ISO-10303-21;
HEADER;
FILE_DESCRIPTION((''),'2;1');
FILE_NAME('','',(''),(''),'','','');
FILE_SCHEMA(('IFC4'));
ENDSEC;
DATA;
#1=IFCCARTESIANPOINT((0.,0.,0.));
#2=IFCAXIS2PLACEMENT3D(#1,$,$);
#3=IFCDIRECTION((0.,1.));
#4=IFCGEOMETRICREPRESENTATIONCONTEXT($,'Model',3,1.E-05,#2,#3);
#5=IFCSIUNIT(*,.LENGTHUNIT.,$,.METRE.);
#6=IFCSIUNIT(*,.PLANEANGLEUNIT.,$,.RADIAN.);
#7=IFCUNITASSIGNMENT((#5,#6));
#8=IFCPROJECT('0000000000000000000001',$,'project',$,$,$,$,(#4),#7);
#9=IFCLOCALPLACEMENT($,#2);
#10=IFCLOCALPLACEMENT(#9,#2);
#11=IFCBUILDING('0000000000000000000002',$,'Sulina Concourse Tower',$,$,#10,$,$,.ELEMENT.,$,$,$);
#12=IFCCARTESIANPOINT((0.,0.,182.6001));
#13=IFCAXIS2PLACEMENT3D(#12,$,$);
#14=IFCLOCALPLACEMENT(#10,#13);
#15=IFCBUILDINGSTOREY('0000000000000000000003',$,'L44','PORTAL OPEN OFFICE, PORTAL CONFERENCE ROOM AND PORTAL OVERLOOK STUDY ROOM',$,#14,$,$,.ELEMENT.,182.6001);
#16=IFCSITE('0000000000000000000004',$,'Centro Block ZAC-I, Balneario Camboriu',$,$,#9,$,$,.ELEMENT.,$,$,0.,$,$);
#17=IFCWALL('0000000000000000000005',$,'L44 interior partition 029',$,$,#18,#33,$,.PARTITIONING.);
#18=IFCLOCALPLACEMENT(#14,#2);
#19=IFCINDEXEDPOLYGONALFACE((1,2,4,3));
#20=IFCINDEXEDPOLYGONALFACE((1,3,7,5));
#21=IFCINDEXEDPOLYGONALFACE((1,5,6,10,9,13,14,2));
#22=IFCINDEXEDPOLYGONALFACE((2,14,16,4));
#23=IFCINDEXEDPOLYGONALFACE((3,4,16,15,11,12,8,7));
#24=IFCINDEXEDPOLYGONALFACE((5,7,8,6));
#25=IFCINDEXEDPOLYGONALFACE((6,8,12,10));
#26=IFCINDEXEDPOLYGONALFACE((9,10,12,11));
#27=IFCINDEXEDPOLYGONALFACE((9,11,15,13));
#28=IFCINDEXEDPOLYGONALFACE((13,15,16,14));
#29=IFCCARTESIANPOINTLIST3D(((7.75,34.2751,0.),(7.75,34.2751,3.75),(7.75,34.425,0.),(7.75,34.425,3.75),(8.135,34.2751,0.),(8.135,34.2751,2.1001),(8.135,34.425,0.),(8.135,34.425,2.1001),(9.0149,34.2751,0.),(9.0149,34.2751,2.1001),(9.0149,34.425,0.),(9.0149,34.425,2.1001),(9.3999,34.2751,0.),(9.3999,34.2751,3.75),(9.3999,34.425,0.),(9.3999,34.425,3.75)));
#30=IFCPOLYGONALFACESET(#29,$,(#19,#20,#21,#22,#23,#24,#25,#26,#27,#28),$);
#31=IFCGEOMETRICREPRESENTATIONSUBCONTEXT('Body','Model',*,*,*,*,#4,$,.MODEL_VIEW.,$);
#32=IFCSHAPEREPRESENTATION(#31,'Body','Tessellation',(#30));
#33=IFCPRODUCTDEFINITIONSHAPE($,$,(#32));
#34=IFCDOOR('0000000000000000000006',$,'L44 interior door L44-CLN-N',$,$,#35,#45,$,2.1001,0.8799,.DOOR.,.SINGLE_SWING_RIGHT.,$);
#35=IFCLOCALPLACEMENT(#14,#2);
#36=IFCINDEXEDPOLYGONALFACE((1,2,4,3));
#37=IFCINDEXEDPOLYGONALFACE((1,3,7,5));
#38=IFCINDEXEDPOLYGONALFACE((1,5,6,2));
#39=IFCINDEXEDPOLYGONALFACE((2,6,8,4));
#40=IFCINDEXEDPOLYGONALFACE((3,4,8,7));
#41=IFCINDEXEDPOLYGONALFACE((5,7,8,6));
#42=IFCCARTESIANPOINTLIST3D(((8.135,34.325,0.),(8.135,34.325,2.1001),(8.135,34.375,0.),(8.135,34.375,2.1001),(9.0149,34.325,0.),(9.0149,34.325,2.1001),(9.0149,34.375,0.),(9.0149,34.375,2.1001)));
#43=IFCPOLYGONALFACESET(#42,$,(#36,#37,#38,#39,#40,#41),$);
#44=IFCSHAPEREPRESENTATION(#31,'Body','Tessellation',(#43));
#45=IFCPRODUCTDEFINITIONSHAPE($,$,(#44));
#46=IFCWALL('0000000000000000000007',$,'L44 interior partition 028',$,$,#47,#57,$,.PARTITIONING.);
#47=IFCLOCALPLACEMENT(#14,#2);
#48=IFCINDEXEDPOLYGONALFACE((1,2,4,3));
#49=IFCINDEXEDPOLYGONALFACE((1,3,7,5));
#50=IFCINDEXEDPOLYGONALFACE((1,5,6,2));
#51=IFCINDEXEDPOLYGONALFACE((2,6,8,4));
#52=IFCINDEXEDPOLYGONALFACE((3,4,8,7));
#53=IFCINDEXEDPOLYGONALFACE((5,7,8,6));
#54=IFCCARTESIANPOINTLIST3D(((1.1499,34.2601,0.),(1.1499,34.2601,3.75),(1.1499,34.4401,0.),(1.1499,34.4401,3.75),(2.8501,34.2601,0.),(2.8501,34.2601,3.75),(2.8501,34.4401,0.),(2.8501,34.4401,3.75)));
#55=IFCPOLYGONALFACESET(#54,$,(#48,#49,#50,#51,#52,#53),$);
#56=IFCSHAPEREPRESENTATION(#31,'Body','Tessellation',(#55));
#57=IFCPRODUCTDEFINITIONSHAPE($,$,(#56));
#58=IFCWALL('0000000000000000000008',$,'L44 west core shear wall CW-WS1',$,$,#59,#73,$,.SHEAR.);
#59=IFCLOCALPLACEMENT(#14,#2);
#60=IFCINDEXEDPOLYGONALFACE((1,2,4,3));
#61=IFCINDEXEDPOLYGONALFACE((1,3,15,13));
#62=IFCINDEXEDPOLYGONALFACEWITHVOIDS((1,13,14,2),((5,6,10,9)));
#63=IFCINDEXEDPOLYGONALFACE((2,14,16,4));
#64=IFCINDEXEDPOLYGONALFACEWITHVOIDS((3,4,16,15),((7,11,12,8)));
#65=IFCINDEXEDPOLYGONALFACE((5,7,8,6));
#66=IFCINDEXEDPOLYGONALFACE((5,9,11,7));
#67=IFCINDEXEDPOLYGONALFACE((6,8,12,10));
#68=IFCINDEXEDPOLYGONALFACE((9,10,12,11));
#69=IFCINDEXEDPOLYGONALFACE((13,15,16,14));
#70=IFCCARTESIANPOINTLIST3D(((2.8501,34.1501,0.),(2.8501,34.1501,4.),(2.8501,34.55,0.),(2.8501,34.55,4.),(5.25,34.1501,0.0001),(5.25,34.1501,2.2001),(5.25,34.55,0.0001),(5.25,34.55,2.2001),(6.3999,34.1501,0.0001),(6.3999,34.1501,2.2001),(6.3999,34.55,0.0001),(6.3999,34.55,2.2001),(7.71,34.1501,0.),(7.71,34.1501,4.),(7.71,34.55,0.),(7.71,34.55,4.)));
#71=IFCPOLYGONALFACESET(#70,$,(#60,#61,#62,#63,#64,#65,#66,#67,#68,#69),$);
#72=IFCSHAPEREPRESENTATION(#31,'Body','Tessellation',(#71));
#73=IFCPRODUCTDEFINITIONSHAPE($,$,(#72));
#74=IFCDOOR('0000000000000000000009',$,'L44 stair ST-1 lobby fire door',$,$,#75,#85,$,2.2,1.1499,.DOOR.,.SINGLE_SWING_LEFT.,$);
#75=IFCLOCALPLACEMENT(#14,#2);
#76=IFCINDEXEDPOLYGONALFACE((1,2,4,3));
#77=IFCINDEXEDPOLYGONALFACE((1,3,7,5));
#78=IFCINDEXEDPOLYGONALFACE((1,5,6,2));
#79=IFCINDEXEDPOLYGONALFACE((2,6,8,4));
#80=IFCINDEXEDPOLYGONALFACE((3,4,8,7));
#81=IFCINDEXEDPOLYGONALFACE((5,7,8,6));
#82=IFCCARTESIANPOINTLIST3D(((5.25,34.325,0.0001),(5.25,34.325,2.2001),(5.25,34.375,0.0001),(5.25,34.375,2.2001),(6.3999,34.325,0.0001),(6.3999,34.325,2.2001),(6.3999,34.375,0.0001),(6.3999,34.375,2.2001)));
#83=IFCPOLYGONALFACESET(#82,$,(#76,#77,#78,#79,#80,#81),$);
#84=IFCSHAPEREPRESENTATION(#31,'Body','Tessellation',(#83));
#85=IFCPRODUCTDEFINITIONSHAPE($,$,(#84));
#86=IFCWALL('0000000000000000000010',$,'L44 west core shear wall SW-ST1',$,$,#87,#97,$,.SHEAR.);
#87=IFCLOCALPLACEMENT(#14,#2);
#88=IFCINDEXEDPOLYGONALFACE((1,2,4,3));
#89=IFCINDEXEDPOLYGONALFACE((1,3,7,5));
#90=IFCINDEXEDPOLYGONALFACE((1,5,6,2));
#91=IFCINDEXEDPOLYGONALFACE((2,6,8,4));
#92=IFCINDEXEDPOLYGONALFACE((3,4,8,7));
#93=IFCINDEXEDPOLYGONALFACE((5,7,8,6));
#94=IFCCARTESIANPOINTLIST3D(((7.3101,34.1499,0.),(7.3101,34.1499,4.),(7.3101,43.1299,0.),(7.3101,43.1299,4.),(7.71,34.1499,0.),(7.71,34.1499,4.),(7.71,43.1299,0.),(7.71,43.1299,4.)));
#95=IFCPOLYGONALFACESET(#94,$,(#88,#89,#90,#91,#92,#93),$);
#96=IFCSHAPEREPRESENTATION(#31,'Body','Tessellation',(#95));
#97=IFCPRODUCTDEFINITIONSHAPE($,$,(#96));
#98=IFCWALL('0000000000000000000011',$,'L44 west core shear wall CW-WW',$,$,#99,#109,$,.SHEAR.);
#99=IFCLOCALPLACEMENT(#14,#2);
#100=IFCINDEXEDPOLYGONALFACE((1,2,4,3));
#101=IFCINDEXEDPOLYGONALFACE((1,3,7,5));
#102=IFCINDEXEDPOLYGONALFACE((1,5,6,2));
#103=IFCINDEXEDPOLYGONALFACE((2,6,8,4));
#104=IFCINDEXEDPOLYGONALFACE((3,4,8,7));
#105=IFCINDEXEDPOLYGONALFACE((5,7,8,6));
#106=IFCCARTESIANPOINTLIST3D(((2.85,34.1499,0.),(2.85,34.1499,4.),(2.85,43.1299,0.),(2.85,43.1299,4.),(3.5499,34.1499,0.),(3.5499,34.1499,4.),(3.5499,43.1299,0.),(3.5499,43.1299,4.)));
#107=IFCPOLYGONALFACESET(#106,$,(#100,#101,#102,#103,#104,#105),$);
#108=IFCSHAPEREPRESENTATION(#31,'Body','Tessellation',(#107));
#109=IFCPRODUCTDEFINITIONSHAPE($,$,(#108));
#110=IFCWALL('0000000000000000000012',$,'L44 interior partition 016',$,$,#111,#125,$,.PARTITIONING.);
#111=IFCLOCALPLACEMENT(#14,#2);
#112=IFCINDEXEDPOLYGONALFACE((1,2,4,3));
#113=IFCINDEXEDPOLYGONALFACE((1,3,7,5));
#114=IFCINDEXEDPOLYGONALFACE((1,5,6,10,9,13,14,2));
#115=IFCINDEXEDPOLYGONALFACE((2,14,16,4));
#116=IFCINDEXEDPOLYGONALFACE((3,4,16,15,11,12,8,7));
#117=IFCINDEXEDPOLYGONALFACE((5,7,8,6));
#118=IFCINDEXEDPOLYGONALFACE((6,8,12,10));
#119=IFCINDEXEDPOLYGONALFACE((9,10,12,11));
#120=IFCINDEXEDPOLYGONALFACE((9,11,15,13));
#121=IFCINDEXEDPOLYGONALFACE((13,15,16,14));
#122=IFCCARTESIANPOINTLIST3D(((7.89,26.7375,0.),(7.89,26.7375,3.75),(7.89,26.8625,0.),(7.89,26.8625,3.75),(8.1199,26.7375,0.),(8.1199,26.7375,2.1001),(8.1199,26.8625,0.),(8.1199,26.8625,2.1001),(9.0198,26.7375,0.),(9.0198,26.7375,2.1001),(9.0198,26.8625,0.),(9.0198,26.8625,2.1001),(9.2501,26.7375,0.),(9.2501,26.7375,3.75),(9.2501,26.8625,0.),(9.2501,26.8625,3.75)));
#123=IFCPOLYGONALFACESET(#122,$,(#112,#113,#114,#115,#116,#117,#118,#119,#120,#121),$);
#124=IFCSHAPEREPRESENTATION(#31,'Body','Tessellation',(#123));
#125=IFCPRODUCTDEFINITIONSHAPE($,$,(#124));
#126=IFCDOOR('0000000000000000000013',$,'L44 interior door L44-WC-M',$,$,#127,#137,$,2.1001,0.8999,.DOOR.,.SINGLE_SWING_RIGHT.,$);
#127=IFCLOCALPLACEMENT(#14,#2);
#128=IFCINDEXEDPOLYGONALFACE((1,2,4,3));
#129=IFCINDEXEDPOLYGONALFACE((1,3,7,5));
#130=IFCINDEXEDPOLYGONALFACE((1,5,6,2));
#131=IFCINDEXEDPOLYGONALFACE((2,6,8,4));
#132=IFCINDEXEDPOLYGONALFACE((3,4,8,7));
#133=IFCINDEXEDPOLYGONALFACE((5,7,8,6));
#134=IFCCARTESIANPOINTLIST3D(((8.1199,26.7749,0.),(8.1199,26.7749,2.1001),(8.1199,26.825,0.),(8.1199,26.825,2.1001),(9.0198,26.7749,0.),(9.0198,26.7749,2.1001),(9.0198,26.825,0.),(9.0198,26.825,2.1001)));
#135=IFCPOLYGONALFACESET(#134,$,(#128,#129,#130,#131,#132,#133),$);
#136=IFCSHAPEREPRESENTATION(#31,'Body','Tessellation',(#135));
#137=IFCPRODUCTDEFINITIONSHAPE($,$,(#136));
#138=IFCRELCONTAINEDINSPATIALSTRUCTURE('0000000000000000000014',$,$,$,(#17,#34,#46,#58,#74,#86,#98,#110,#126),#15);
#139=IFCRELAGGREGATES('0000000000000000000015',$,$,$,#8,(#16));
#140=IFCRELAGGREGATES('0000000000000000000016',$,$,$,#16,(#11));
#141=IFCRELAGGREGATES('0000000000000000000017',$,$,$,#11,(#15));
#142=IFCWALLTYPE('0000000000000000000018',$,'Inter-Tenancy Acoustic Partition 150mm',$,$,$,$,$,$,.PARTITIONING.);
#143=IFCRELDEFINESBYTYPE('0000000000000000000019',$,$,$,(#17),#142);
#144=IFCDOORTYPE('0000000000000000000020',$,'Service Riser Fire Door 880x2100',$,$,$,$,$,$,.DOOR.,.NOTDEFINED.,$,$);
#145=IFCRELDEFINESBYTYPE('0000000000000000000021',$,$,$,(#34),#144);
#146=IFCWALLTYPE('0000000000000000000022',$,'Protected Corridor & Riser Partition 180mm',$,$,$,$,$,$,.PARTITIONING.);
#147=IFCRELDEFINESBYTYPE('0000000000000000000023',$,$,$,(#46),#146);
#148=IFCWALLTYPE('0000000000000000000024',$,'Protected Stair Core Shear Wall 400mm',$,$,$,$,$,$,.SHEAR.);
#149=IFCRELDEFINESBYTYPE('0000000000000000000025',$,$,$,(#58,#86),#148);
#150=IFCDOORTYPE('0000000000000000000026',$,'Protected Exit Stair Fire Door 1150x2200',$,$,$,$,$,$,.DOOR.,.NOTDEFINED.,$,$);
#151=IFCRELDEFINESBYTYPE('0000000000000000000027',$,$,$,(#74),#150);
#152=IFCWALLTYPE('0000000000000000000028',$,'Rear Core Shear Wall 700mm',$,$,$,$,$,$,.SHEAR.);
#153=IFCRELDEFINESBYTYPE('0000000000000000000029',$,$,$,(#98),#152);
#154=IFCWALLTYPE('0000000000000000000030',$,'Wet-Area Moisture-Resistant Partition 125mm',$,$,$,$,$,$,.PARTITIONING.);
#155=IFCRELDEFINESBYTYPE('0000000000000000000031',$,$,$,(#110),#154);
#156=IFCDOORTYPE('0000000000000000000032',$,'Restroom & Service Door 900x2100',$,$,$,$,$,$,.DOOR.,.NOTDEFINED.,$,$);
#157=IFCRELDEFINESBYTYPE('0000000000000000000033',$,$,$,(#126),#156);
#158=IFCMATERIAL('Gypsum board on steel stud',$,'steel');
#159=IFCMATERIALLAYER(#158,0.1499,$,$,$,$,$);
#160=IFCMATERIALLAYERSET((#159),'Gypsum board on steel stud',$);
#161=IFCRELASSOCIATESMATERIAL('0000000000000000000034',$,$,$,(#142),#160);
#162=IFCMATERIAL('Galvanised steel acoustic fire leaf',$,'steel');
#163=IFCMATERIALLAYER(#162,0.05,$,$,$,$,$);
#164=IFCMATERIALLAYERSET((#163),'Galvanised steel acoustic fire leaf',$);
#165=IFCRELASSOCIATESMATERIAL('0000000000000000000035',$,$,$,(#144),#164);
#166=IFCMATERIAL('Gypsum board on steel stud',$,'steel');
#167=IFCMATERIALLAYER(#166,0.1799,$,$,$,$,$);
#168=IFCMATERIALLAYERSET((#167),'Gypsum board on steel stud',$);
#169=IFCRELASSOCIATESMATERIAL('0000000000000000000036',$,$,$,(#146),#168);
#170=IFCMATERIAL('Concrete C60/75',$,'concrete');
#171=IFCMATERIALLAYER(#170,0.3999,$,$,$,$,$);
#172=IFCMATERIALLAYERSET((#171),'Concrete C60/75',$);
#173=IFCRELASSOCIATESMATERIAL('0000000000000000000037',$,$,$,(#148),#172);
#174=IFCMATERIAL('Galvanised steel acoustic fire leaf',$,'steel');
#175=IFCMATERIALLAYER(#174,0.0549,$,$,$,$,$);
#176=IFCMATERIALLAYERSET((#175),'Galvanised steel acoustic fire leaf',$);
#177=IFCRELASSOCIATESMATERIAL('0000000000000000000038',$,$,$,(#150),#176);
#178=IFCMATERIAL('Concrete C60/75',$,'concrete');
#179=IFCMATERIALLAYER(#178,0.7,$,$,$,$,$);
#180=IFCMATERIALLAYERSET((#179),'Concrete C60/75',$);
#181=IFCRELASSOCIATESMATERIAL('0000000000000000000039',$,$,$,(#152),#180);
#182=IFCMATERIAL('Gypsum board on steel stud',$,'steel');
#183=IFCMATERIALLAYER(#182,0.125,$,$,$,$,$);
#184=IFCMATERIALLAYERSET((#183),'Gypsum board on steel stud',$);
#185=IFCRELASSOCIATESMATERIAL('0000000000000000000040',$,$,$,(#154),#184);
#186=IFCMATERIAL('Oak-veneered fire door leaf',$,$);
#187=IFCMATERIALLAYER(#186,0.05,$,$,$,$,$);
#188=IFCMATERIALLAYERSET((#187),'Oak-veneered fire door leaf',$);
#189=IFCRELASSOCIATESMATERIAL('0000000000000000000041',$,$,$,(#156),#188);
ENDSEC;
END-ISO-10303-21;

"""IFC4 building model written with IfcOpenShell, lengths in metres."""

from ifc_helpers import new_model, si_unit, direction, frame, frame_2d, origin, place, context, subcontext, project, spatial, rectangle, extrude, material, layer, layer_set, type_object, element, fill, save


model = new_model("IFC4")

# Units and contexts
model_context = context("Model", 3, precision=1e-05, world=origin(), true_north=direction((0.0, 1.0)))
body_context = subcontext(model_context, "Body", "Model", "MODEL_VIEW")
ifc_project = project(units=[si_unit("LENGTHUNIT", "METRE"), si_unit("PLANEANGLEUNIT", "RADIAN")], contexts=[model_context])

# Site, building, storey
site_placement = place(None, origin())
site = spatial("IfcSite", under=ifc_project, at=site_placement, Name="Centro Block ZAC-I, Balneario Camboriu", CompositionType="ELEMENT", RefElevation=0.0)
building_placement = place(site_placement, origin())
building = spatial("IfcBuilding", under=site, at=building_placement, Name="Sulina Concourse Tower", CompositionType="ELEMENT")
storey_placement = place(building_placement, frame((0.0, 0.0, 182.6001)))
storey = spatial("IfcBuildingStorey", under=building, at=storey_placement, Name="L44", Description="PORTAL OPEN OFFICE, PORTAL CONFERENCE ROOM AND PORTAL OVERLOOK STUDY ROOM", CompositionType="ELEMENT", Elevation=182.6001)

# Wall, opening, door
ifc_material_1 = material(Name="Gypsum board on steel stud", Category="steel")
ifc_layer_1 = layer(ifc_material_1, 0.1499)
ifc_layer_set_1 = layer_set([ifc_layer_1], Name="Gypsum board on steel stud")
wall_type_1 = type_object("IfcWallType", Name="Inter-Tenancy Acoustic Partition 150mm", PredefinedType="PARTITIONING", material=ifc_layer_set_1)
wall_1_placement = place(storey_placement, frame((7.75, 34.3501, 0.0), z_axis=(0.0, 0.0, 1.0), x_axis=(1.0, 0.0, 0.0)))
wall_1 = element("IfcWall", 1, at=wall_1_placement, inside=storey, type_object=wall_type_1, Name="L44 interior partition 029", PredefinedType="PARTITIONING", context=body_context, shape_type="SweptSolid", body=[
    extrude(rectangle(XDim=1.6499, YDim=0.1499, at=frame_2d((0.825, 0.0))), origin(), (0.0, 0.0, 1.0), 3.75),
])
opening_1_placement = place(wall_1_placement, frame((0.385, 0.0, 0.0)))
opening_1 = element("IfcOpeningElement", 2, at=opening_1_placement, cuts=wall_1, PredefinedType="OPENING", context=body_context, shape_type="SweptSolid", body=[
    extrude(rectangle(XDim=0.8799, YDim=2.1001, at=frame_2d((0.4399, 1.05))), frame((0.0, 0.085, 0.0), z_axis=(0.0, -1.0, 0.0), x_axis=(1.0, 0.0, 0.0)), (0.0, 0.0, 1.0), 0.1699),
])
ifc_material_2 = material(Name="Galvanised steel acoustic fire leaf", Category="steel")
ifc_layer_2 = layer(ifc_material_2, 0.05)
ifc_layer_set_2 = layer_set([ifc_layer_2], Name="Galvanised steel acoustic fire leaf")
door_type_1 = type_object("IfcDoorType", Name="Service Riser Fire Door 880x2100", OperationType="NOTDEFINED", PredefinedType="DOOR", material=ifc_layer_set_2)
door_1_placement = place(opening_1_placement, origin())
door_1 = element("IfcDoor", 3, at=door_1_placement, inside=storey, type_object=door_type_1, Name="L44 interior door L44-CLN-N", OperationType="SINGLE_SWING_RIGHT", OverallHeight=2.1001, OverallWidth=0.8799, PredefinedType="DOOR", context=body_context, shape_type="SweptSolid", body=[
    extrude(rectangle(XDim=0.8799, YDim=2.1001, at=frame_2d((0.4399, 1.05))), frame((0.0, 0.0249, 0.0), z_axis=(0.0, -1.0, 0.0), x_axis=(1.0, 0.0, 0.0)), (0.0, 0.0, 1.0), 0.05),
])
fill(opening_1, door_1)

# Wall
ifc_material_3 = material(Name="Gypsum board on steel stud", Category="steel")
ifc_layer_3 = layer(ifc_material_3, 0.1799)
ifc_layer_set_3 = layer_set([ifc_layer_3], Name="Gypsum board on steel stud")
wall_type_2 = type_object("IfcWallType", Name="Protected Corridor & Riser Partition 180mm", PredefinedType="PARTITIONING", material=ifc_layer_set_3)
wall_2_placement = place(storey_placement, frame((1.1499, 34.3501, 0.0), z_axis=(0.0, 0.0, 1.0), x_axis=(1.0, 0.0, 0.0)))
element("IfcWall", 4, at=wall_2_placement, inside=storey, type_object=wall_type_2, Name="L44 interior partition 028", PredefinedType="PARTITIONING", context=body_context, shape_type="SweptSolid", body=[
    extrude(rectangle(XDim=1.7002, YDim=0.1799, at=frame_2d((0.8501, 0.0))), origin(), (0.0, 0.0, 1.0), 3.75),
])

# Wall, opening, door
ifc_material_4 = material(Name="Concrete C60/75", Category="concrete")
ifc_layer_4 = layer(ifc_material_4, 0.3999)
ifc_layer_set_4 = layer_set([ifc_layer_4], Name="Concrete C60/75")
wall_type_3 = type_object("IfcWallType", Name="Protected Stair Core Shear Wall 400mm", PredefinedType="SHEAR", material=ifc_layer_set_4)
wall_3_placement = place(storey_placement, frame((2.8501, 34.3501, 0.0), z_axis=(0.0, 0.0, 1.0), x_axis=(1.0, 0.0, 0.0)))
wall_3 = element("IfcWall", 5, at=wall_3_placement, inside=storey, type_object=wall_type_3, Name="L44 west core shear wall CW-WS1", PredefinedType="SHEAR", context=body_context, shape_type="SweptSolid", body=[
    extrude(rectangle(XDim=4.8599, YDim=0.3999, at=frame_2d((2.4299, 0.0))), origin(), (0.0, 0.0, 1.0), 4.0),
])
opening_2_placement = place(wall_3_placement, frame((2.3999, 0.0, 0.0)))
opening_2 = element("IfcOpeningElement", 6, at=opening_2_placement, cuts=wall_3, PredefinedType="OPENING", context=body_context, shape_type="SweptSolid", body=[
    extrude(rectangle(XDim=1.1499, YDim=2.2, at=frame_2d((0.575, 1.1001))), frame((0.0, 0.21, 0.0), z_axis=(0.0, -1.0, 0.0), x_axis=(1.0, 0.0, 0.0)), (0.0, 0.0, 1.0), 0.4199),
])
ifc_material_5 = material(Name="Galvanised steel acoustic fire leaf", Category="steel")
ifc_layer_5 = layer(ifc_material_5, 0.0549)
ifc_layer_set_5 = layer_set([ifc_layer_5], Name="Galvanised steel acoustic fire leaf")
door_type_2 = type_object("IfcDoorType", Name="Protected Exit Stair Fire Door 1150x2200", OperationType="NOTDEFINED", PredefinedType="DOOR", material=ifc_layer_set_5)
door_2_placement = place(opening_2_placement, origin())
door_2 = element("IfcDoor", 7, at=door_2_placement, inside=storey, type_object=door_type_2, Name="L44 stair ST-1 lobby fire door", OperationType="SINGLE_SWING_LEFT", OverallHeight=2.2, OverallWidth=1.1499, PredefinedType="DOOR", context=body_context, shape_type="SweptSolid", body=[
    extrude(rectangle(XDim=1.1499, YDim=2.2, at=frame_2d((0.575, 1.1001))), frame((0.0, 0.0249, 0.0), z_axis=(0.0, -1.0, 0.0), x_axis=(1.0, 0.0, 0.0)), (0.0, 0.0, 1.0), 0.05),
])
fill(opening_2, door_2)

# Walls
wall_4_placement = place(storey_placement, frame((7.51, 34.1499, 0.0), z_axis=(0.0, 0.0, 1.0), x_axis=(0.0, 1.0, 0.0)))
element("IfcWall", 8, at=wall_4_placement, inside=storey, type_object=wall_type_3, Name="L44 west core shear wall SW-ST1", PredefinedType="SHEAR", context=body_context, shape_type="SweptSolid", body=[
    extrude(rectangle(XDim=8.98, YDim=0.3999, at=frame_2d((4.49, 0.0))), origin(), (0.0, 0.0, 1.0), 4.0),
])
ifc_material_6 = material(Name="Concrete C60/75", Category="concrete")
ifc_layer_6 = layer(ifc_material_6, 0.7)
ifc_layer_set_6 = layer_set([ifc_layer_6], Name="Concrete C60/75")
wall_type_4 = type_object("IfcWallType", Name="Rear Core Shear Wall 700mm", PredefinedType="SHEAR", material=ifc_layer_set_6)
wall_5_placement = place(storey_placement, frame((3.2, 34.1499, 0.0), z_axis=(0.0, 0.0, 1.0), x_axis=(0.0, 1.0, 0.0)))
element("IfcWall", 9, at=wall_5_placement, inside=storey, type_object=wall_type_4, Name="L44 west core shear wall CW-WW", PredefinedType="SHEAR", context=body_context, shape_type="SweptSolid", body=[
    extrude(rectangle(XDim=8.98, YDim=0.7, at=frame_2d((4.49, 0.0))), origin(), (0.0, 0.0, 1.0), 4.0),
])

# Wall, opening, door
ifc_material_7 = material(Name="Gypsum board on steel stud", Category="steel")
ifc_layer_7 = layer(ifc_material_7, 0.125)
ifc_layer_set_7 = layer_set([ifc_layer_7], Name="Gypsum board on steel stud")
wall_type_5 = type_object("IfcWallType", Name="Wet-Area Moisture-Resistant Partition 125mm", PredefinedType="PARTITIONING", material=ifc_layer_set_7)
wall_6_placement = place(storey_placement, frame((7.8899, 26.8, 0.0), z_axis=(0.0, 0.0, 1.0), x_axis=(1.0, 0.0, 0.0)))
wall_6 = element("IfcWall", 10, at=wall_6_placement, inside=storey, type_object=wall_type_5, Name="L44 interior partition 016", PredefinedType="PARTITIONING", context=body_context, shape_type="SweptSolid", body=[
    extrude(rectangle(XDim=1.3601, YDim=0.125, at=frame_2d((0.6802, 0.0))), origin(), (0.0, 0.0, 1.0), 3.75),
])
opening_3_placement = place(wall_6_placement, frame((0.23, 0.0, 0.0)))
opening_3 = element("IfcOpeningElement", 11, at=opening_3_placement, cuts=wall_6, PredefinedType="OPENING", context=body_context, shape_type="SweptSolid", body=[
    extrude(rectangle(XDim=0.8999, YDim=2.1001, at=frame_2d((0.45, 1.05))), frame((0.0, 0.0725, 0.0), z_axis=(0.0, -1.0, 0.0), x_axis=(1.0, 0.0, 0.0)), (0.0, 0.0, 1.0), 0.145),
])
ifc_material_8 = material(Name="Oak-veneered fire door leaf")
ifc_layer_8 = layer(ifc_material_8, 0.05)
ifc_layer_set_8 = layer_set([ifc_layer_8], Name="Oak-veneered fire door leaf")
door_type_3 = type_object("IfcDoorType", Name="Restroom & Service Door 900x2100", OperationType="NOTDEFINED", PredefinedType="DOOR", material=ifc_layer_set_8)
door_3_placement = place(opening_3_placement, origin())
door_3 = element("IfcDoor", 12, at=door_3_placement, inside=storey, type_object=door_type_3, Name="L44 interior door L44-WC-M", OperationType="SINGLE_SWING_RIGHT", OverallHeight=2.1001, OverallWidth=0.8999, PredefinedType="DOOR", context=body_context, shape_type="SweptSolid", body=[
    extrude(rectangle(XDim=0.8999, YDim=2.1001, at=frame_2d((0.45, 1.05))), frame((0.0, 0.0249, 0.0), z_axis=(0.0, -1.0, 0.0), x_axis=(1.0, 0.0, 0.0)), (0.0, 0.0, 1.0), 0.05),
])
fill(opening_3, door_3)

save(model, "model.ifc")
